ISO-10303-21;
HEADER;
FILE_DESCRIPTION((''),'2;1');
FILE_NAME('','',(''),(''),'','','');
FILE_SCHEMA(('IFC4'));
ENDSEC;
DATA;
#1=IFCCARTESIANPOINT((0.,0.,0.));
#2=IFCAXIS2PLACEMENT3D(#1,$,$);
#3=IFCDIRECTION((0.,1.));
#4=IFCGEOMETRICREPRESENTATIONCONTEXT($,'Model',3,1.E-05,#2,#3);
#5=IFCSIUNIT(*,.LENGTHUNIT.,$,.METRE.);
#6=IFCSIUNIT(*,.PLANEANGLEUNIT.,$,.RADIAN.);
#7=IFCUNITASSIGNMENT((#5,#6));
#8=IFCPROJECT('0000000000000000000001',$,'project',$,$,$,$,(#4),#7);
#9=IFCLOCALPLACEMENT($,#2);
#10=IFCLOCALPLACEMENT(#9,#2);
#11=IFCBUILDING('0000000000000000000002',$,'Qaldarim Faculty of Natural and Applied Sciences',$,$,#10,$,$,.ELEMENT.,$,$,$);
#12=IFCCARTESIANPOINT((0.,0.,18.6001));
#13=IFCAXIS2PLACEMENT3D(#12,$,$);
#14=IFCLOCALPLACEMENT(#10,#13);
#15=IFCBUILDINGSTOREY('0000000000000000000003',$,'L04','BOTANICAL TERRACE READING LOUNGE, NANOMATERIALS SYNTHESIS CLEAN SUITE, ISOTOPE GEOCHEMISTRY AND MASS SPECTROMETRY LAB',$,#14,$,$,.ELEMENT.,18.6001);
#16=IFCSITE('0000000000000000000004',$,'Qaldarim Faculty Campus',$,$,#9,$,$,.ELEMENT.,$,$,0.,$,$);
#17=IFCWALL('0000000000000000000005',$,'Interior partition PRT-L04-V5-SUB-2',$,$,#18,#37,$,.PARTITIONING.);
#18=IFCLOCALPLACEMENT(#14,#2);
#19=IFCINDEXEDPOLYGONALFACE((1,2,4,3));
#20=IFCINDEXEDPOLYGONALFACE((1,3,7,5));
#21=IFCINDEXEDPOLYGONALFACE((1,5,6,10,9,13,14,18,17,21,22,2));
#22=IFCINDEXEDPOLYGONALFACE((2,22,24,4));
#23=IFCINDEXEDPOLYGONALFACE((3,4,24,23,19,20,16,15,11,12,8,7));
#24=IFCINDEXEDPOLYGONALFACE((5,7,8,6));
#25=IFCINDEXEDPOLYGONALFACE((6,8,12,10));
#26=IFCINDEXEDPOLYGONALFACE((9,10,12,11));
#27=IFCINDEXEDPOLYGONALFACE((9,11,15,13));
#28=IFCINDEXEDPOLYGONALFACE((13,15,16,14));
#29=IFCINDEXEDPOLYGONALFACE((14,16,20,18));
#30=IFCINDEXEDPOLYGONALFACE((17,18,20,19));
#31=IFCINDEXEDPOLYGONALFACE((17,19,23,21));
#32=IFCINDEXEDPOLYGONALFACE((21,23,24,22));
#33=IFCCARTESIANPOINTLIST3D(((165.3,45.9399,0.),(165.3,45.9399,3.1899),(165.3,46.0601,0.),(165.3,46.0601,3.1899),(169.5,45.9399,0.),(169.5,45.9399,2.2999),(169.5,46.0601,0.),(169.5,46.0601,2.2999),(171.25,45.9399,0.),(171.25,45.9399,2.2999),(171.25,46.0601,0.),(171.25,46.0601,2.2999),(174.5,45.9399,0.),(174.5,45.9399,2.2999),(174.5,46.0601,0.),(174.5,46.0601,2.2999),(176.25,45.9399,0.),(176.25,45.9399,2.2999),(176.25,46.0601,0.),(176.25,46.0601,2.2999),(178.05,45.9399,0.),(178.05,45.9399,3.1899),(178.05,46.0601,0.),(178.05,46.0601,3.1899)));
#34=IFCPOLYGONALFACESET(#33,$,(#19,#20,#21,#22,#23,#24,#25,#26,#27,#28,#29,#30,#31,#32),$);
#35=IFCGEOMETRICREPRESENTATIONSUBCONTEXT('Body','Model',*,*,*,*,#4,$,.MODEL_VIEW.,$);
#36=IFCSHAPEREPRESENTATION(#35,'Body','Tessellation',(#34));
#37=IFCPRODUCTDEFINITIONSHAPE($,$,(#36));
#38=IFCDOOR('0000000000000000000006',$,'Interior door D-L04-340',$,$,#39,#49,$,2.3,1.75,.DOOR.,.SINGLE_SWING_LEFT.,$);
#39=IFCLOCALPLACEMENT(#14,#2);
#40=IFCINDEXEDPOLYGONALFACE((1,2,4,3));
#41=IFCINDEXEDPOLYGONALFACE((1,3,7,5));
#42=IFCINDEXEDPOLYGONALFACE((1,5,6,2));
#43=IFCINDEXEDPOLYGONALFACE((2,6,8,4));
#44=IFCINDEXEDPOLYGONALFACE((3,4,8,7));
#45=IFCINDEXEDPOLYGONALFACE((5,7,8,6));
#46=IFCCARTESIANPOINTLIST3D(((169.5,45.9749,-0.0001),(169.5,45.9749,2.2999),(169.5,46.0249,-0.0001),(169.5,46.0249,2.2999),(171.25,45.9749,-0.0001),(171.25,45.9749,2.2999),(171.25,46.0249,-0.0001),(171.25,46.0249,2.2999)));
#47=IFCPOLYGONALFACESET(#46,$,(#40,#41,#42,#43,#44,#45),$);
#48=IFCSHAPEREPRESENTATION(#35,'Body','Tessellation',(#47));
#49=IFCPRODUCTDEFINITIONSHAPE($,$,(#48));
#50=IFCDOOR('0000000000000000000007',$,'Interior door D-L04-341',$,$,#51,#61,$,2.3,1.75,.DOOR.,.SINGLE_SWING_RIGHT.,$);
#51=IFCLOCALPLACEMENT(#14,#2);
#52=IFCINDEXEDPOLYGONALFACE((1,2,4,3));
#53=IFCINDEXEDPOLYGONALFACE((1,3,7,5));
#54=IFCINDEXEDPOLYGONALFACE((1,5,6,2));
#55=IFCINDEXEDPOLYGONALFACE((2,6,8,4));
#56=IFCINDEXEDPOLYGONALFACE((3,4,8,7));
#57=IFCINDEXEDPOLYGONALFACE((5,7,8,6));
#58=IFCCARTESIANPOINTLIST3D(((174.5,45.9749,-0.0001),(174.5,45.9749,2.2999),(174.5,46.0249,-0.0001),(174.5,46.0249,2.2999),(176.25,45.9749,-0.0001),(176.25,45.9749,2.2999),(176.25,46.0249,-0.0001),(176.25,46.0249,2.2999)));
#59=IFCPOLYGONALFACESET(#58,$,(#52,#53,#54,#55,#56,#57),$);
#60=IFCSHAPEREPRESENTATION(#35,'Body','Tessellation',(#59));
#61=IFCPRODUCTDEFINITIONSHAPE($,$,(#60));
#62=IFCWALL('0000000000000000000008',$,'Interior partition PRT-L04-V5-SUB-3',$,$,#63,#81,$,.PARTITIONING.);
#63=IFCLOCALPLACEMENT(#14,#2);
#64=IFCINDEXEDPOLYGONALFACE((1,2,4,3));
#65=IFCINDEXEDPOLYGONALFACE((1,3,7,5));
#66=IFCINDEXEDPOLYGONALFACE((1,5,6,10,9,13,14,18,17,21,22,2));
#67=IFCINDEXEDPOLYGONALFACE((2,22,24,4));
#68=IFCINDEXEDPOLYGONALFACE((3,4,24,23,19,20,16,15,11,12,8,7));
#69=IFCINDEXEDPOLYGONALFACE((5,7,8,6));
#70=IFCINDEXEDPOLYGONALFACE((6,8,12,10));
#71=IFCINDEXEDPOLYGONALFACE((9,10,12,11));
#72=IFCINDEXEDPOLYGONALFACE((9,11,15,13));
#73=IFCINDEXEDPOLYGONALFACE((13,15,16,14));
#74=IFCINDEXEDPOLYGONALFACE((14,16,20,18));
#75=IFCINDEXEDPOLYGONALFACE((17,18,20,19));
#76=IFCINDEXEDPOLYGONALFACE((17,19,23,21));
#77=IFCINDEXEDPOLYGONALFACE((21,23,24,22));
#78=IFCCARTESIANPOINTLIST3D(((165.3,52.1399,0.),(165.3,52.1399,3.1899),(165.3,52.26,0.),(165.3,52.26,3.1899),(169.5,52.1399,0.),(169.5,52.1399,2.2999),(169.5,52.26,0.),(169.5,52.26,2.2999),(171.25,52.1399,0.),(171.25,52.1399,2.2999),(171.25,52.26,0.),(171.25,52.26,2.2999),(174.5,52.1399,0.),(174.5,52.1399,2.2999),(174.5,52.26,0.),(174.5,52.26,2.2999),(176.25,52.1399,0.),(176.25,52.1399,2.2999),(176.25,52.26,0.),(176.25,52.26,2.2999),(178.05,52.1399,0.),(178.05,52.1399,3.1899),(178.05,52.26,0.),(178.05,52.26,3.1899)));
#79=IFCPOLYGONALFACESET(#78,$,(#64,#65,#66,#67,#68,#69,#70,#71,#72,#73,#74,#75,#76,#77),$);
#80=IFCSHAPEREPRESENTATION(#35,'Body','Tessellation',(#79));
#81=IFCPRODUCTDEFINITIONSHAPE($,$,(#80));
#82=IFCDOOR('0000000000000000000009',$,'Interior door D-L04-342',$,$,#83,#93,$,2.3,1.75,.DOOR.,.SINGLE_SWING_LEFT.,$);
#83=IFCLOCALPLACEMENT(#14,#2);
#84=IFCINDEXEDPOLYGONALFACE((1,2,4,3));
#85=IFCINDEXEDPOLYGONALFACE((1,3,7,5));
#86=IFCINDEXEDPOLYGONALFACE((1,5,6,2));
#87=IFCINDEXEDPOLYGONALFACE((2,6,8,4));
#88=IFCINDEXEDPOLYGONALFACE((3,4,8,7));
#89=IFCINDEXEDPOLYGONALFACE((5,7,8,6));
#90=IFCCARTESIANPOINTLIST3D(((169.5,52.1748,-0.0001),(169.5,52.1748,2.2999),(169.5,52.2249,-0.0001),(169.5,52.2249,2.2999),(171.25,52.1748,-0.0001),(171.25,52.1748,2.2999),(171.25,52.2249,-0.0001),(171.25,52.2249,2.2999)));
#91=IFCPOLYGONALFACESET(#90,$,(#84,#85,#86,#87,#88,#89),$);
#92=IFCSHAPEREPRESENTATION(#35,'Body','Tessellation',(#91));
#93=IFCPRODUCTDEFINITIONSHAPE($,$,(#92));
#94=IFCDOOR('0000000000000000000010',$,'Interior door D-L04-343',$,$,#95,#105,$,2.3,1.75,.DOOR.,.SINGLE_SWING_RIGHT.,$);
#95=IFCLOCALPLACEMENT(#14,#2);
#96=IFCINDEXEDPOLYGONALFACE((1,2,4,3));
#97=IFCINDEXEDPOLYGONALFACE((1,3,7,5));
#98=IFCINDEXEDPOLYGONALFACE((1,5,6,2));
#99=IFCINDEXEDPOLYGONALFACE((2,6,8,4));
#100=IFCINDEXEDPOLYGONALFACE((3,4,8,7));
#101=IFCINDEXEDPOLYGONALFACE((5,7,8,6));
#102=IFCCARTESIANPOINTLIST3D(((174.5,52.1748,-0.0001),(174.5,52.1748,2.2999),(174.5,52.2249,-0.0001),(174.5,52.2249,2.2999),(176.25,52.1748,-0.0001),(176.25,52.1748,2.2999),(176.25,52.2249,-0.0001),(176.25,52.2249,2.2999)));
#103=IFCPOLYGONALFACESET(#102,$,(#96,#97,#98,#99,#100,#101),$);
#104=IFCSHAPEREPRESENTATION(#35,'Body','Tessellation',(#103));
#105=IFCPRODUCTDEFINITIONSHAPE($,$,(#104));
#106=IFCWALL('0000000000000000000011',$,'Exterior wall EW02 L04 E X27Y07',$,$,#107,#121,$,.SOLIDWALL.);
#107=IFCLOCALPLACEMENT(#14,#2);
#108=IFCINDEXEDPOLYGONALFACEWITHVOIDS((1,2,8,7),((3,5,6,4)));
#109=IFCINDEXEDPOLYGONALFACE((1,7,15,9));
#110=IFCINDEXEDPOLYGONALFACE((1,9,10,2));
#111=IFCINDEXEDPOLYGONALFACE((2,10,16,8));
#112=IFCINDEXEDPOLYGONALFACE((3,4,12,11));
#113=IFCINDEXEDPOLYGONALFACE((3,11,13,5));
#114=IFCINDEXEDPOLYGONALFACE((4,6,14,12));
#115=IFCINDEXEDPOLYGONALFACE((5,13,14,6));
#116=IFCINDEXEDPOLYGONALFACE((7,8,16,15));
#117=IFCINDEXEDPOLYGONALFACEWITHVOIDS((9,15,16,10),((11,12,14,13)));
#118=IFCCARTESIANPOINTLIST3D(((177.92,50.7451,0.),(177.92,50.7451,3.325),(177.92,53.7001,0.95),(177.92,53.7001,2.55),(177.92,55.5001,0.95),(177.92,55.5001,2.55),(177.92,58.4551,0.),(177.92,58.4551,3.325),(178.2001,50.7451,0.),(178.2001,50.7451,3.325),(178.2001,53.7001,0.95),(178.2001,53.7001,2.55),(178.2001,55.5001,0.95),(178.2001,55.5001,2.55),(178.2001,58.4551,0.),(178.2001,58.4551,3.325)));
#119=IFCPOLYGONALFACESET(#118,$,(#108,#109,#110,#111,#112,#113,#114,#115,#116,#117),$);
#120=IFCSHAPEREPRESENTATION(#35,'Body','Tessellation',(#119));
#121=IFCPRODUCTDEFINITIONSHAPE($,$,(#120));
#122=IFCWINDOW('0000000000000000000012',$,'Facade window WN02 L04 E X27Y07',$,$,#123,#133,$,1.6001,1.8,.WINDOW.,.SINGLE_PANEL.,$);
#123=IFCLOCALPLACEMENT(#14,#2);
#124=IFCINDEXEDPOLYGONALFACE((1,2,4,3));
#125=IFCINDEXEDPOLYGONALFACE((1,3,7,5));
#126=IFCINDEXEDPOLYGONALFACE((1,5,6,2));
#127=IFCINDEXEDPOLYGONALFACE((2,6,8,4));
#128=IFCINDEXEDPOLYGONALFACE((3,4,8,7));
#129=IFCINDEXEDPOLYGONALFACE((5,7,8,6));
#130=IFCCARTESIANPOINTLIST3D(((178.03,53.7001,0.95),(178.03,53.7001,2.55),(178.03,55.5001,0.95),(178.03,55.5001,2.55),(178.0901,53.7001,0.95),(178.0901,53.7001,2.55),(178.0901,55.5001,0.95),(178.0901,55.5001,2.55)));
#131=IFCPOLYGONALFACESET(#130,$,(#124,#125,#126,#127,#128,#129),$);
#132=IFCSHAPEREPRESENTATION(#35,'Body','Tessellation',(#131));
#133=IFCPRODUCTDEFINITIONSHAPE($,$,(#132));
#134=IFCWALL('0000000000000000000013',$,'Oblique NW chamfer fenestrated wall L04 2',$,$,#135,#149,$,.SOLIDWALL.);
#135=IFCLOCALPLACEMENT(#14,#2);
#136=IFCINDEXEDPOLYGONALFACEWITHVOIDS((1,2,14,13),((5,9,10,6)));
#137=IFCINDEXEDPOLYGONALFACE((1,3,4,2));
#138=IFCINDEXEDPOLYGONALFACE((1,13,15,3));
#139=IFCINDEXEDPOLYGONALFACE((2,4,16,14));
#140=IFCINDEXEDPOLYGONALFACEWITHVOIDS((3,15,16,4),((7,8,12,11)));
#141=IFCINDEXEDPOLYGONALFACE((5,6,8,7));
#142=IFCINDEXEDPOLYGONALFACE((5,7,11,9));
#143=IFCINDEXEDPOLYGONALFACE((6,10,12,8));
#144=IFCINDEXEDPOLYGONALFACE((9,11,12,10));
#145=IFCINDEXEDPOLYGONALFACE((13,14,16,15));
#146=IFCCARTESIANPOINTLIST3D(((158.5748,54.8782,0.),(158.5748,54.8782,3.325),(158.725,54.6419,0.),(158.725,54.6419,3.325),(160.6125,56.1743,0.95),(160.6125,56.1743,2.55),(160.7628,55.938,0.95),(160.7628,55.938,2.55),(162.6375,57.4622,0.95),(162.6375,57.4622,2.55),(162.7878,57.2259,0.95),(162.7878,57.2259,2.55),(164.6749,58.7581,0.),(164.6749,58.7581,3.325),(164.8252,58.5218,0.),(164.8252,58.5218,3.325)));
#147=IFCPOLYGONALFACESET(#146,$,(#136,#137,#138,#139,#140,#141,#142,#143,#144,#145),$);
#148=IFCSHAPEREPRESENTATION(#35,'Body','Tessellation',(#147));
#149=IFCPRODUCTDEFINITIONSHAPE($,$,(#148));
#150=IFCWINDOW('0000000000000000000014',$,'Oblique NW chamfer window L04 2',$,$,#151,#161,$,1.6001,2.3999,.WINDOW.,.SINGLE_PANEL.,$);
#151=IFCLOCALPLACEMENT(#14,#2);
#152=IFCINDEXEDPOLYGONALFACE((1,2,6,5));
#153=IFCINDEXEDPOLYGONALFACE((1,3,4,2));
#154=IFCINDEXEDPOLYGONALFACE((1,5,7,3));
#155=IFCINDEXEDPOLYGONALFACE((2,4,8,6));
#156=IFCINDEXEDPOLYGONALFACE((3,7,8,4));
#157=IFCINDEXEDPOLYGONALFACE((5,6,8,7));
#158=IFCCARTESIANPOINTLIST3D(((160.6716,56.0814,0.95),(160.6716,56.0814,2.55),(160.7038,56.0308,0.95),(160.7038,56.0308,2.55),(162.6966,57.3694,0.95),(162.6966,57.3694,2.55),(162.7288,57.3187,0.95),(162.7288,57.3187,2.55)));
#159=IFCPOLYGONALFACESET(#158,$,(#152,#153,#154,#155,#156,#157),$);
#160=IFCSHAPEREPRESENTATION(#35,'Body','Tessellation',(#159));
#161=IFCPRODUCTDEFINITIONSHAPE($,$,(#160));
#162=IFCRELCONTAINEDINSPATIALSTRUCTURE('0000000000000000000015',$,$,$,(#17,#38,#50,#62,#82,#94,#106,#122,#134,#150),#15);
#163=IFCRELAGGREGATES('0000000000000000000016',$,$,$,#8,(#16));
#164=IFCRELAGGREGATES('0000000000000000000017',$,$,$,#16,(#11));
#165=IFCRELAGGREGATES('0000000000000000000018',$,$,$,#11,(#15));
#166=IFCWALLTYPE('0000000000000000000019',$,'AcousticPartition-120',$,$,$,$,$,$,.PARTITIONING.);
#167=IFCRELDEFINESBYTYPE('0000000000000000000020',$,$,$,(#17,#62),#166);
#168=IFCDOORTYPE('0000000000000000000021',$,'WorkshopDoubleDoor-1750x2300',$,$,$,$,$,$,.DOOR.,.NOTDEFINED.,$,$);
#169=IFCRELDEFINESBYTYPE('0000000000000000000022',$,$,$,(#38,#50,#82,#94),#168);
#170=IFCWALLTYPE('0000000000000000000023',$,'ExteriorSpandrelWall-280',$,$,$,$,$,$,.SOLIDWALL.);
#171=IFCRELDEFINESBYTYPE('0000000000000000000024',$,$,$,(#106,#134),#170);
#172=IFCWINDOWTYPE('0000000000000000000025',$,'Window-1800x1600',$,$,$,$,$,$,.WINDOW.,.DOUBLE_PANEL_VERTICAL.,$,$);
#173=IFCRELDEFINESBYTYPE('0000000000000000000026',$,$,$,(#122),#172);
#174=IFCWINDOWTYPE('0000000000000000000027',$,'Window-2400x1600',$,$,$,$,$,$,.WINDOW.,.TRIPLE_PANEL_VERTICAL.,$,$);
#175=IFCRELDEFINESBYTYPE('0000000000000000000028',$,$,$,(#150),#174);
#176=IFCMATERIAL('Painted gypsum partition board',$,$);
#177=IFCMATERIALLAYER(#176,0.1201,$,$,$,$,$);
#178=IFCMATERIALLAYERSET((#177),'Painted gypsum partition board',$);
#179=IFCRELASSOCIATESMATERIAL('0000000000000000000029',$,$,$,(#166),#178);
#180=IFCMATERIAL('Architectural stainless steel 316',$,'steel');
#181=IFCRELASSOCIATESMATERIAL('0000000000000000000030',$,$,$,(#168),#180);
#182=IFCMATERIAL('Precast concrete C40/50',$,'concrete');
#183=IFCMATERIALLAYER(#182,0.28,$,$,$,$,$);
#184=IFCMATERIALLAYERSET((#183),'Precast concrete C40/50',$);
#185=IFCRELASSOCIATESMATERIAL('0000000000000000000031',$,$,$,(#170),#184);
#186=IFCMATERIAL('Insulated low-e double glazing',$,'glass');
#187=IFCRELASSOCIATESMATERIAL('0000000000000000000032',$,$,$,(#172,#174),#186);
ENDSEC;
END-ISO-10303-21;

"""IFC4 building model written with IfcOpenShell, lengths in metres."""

from ifc_helpers import new_model, si_unit, direction, frame, frame_2d, origin, place, context, subcontext, project, spatial, rectangle, extrude, material, layer, layer_set, type_object, element, fill, save


model = new_model("IFC4")

# Units and contexts
model_context = context("Model", 3, precision=1e-05, world=origin(), true_north=direction((0.0, 1.0)))
body_context = subcontext(model_context, "Body", "Model", "MODEL_VIEW")
ifc_project = project(units=[si_unit("LENGTHUNIT", "METRE"), si_unit("PLANEANGLEUNIT", "RADIAN")], contexts=[model_context])

# Site, building, storey
site_placement = place(None, origin())
site = spatial("IfcSite", under=ifc_project, at=site_placement, Name="Qaldarim Faculty Campus", CompositionType="ELEMENT", RefElevation=0.0)
building_placement = place(site_placement, origin())
building = spatial("IfcBuilding", under=site, at=building_placement, Name="Qaldarim Faculty of Natural and Applied Sciences", CompositionType="ELEMENT")
storey_placement = place(building_placement, frame((0.0, 0.0, 18.6001)))
storey = spatial("IfcBuildingStorey", under=building, at=storey_placement, Name="L04", Description="BOTANICAL TERRACE READING LOUNGE, NANOMATERIALS SYNTHESIS CLEAN SUITE, ISOTOPE GEOCHEMISTRY AND MASS SPECTROMETRY LAB", CompositionType="ELEMENT", Elevation=18.6001)

# Shared definitions
ifc_material_1 = material(Name="Precast concrete C40/50", Category="concrete")

# Walls, openings, doors
ifc_material_2 = material(Name="Painted gypsum partition board")
ifc_layer_1 = layer(ifc_material_2, 0.1201)
ifc_layer_set_1 = layer_set([ifc_layer_1], Name="Painted gypsum partition board")
wall_type_1 = type_object("IfcWallType", Name="AcousticPartition-120", PredefinedType="PARTITIONING", material=ifc_layer_set_1)
wall_1_placement = place(storey_placement, frame((165.3, 46.0, 0.0), z_axis=(0.0, 0.0, 1.0), x_axis=(1.0, 0.0, 0.0)))
wall_1 = element("IfcWall", 1, at=wall_1_placement, inside=storey, type_object=wall_type_1, Name="Interior partition PRT-L04-V5-SUB-2", PredefinedType="PARTITIONING", context=body_context, shape_type="SweptSolid", body=[
    extrude(rectangle(XDim=12.75, YDim=0.1201, at=frame_2d((6.375, 0.0))), origin(), (0.0, 0.0, 1.0), 3.1899),
])
opening_1_placement = place(wall_1_placement, frame((4.2, 0.0, 0.0)))
opening_1 = element("IfcOpeningElement", 2, at=opening_1_placement, cuts=wall_1, PredefinedType="OPENING", context=body_context, shape_type="SweptSolid", body=[
    extrude(rectangle(XDim=1.75, YDim=2.3, at=frame_2d((0.875, 1.1499))), frame((0.0, 0.0701, 0.0), z_axis=(0.0, -1.0, 0.0), x_axis=(1.0, 0.0, 0.0)), (0.0, 0.0, 1.0), 0.1401),
])
opening_2_placement = place(wall_1_placement, frame((9.2, 0.0, 0.0)))
opening_2 = element("IfcOpeningElement", 3, at=opening_2_placement, cuts=wall_1, PredefinedType="OPENING", context=body_context, shape_type="SweptSolid", body=[
    extrude(rectangle(XDim=1.75, YDim=2.3, at=frame_2d((0.875, 1.1499))), frame((0.0, 0.0701, 0.0), z_axis=(0.0, -1.0, 0.0), x_axis=(1.0, 0.0, 0.0)), (0.0, 0.0, 1.0), 0.1401),
])
ifc_material_3 = material(Name="Architectural stainless steel 316", Category="steel")
door_type_1 = type_object("IfcDoorType", Name="WorkshopDoubleDoor-1750x2300", OperationType="NOTDEFINED", PredefinedType="DOOR", material=ifc_material_3)
door_1_placement = place(opening_1_placement, origin())
door_1 = element("IfcDoor", 4, at=door_1_placement, inside=storey, type_object=door_type_1, Name="Interior door D-L04-340", OperationType="SINGLE_SWING_LEFT", OverallHeight=2.3, OverallWidth=1.75, PredefinedType="DOOR", context=body_context, shape_type="SweptSolid", body=[
    extrude(rectangle(XDim=1.75, YDim=2.3, at=frame_2d((0.875, 1.1499))), frame((0.0, 0.0249, 0.0), z_axis=(0.0, -1.0, 0.0), x_axis=(1.0, 0.0, 0.0)), (0.0, 0.0, 1.0), 0.05),
])
fill(opening_1, door_1)
door_2_placement = place(opening_2_placement, origin())
door_2 = element("IfcDoor", 5, at=door_2_placement, inside=storey, type_object=door_type_1, Name="Interior door D-L04-341", OperationType="SINGLE_SWING_RIGHT", OverallHeight=2.3, OverallWidth=1.75, PredefinedType="DOOR", context=body_context, shape_type="SweptSolid", body=[
    extrude(rectangle(XDim=1.75, YDim=2.3, at=frame_2d((0.875, 1.1499))), frame((0.0, 0.0249, 0.0), z_axis=(0.0, -1.0, 0.0), x_axis=(1.0, 0.0, 0.0)), (0.0, 0.0, 1.0), 0.05),
])
fill(opening_2, door_2)
wall_2_placement = place(storey_placement, frame((165.3, 52.2, 0.0), z_axis=(0.0, 0.0, 1.0), x_axis=(1.0, 0.0, 0.0)))
wall_2 = element("IfcWall", 6, at=wall_2_placement, inside=storey, type_object=wall_type_1, Name="Interior partition PRT-L04-V5-SUB-3", PredefinedType="PARTITIONING", context=body_context, shape_type="SweptSolid", body=[
    extrude(rectangle(XDim=12.75, YDim=0.1201, at=frame_2d((6.375, 0.0))), origin(), (0.0, 0.0, 1.0), 3.1899),
])
opening_3_placement = place(wall_2_placement, frame((4.2, 0.0, 0.0)))
opening_3 = element("IfcOpeningElement", 7, at=opening_3_placement, cuts=wall_2, PredefinedType="OPENING", context=body_context, shape_type="SweptSolid", body=[
    extrude(rectangle(XDim=1.75, YDim=2.3, at=frame_2d((0.875, 1.1499))), frame((0.0, 0.0701, 0.0), z_axis=(0.0, -1.0, 0.0), x_axis=(1.0, 0.0, 0.0)), (0.0, 0.0, 1.0), 0.1401),
])
opening_4_placement = place(wall_2_placement, frame((9.2, 0.0, 0.0)))
opening_4 = element("IfcOpeningElement", 8, at=opening_4_placement, cuts=wall_2, PredefinedType="OPENING", context=body_context, shape_type="SweptSolid", body=[
    extrude(rectangle(XDim=1.75, YDim=2.3, at=frame_2d((0.875, 1.1499))), frame((0.0, 0.0701, 0.0), z_axis=(0.0, -1.0, 0.0), x_axis=(1.0, 0.0, 0.0)), (0.0, 0.0, 1.0), 0.1401),
])
door_3_placement = place(opening_3_placement, origin())
door_3 = element("IfcDoor", 9, at=door_3_placement, inside=storey, type_object=door_type_1, Name="Interior door D-L04-342", OperationType="SINGLE_SWING_LEFT", OverallHeight=2.3, OverallWidth=1.75, PredefinedType="DOOR", context=body_context, shape_type="SweptSolid", body=[
    extrude(rectangle(XDim=1.75, YDim=2.3, at=frame_2d((0.875, 1.1499))), frame((0.0, 0.0249, 0.0), z_axis=(0.0, -1.0, 0.0), x_axis=(1.0, 0.0, 0.0)), (0.0, 0.0, 1.0), 0.05),
])
fill(opening_3, door_3)
door_4_placement = place(opening_4_placement, origin())
door_4 = element("IfcDoor", 10, at=door_4_placement, inside=storey, type_object=door_type_1, Name="Interior door D-L04-343", OperationType="SINGLE_SWING_RIGHT", OverallHeight=2.3, OverallWidth=1.75, PredefinedType="DOOR", context=body_context, shape_type="SweptSolid", body=[
    extrude(rectangle(XDim=1.75, YDim=2.3, at=frame_2d((0.875, 1.1499))), frame((0.0, 0.0249, 0.0), z_axis=(0.0, -1.0, 0.0), x_axis=(1.0, 0.0, 0.0)), (0.0, 0.0, 1.0), 0.05),
])
fill(opening_4, door_4)

# Walls, openings, windows
ifc_layer_2 = layer(ifc_material_1, 0.28)
ifc_layer_set_2 = layer_set([ifc_layer_2], Name="Precast concrete C40/50")
wall_type_2 = type_object("IfcWallType", Name="ExteriorSpandrelWall-280", PredefinedType="SOLIDWALL", material=ifc_layer_set_2)
wall_3_placement = place(storey_placement, frame((178.0601, 50.7451, 0.0), z_axis=(0.0, 0.0, 1.0), x_axis=(0.0, 1.0, 0.0)))
wall_3 = element("IfcWall", 11, at=wall_3_placement, inside=storey, type_object=wall_type_2, Name="Exterior wall EW02 L04 E X27Y07", PredefinedType="SOLIDWALL", context=body_context, shape_type="SweptSolid", body=[
    extrude(rectangle(XDim=7.71, YDim=0.28, at=frame_2d((3.855, 0.0))), origin(), (0.0, 0.0, 1.0), 3.325),
])
opening_5_placement = place(wall_3_placement, frame((2.9551, 0.0, 0.95)))
opening_5 = element("IfcOpeningElement", 12, at=opening_5_placement, cuts=wall_3, PredefinedType="OPENING", context=body_context, shape_type="SweptSolid", body=[
    extrude(rectangle(XDim=1.8, YDim=1.6001, at=frame_2d((0.8999, 0.8))), frame((0.0, 0.1499, 0.0), z_axis=(0.0, -1.0, 0.0), x_axis=(1.0, 0.0, 0.0)), (0.0, 0.0, 1.0), 0.3),
])
ifc_material_4 = material(Name="Insulated low-e double glazing", Category="glass")
window_type_1 = type_object("IfcWindowType", Name="Window-1800x1600", PartitioningType="DOUBLE_PANEL_VERTICAL", PredefinedType="WINDOW", material=ifc_material_4)
window_1_placement = place(opening_5_placement, origin())
window_1 = element("IfcWindow", 13, at=window_1_placement, inside=storey, type_object=window_type_1, Name="Facade window WN02 L04 E X27Y07", OverallHeight=1.6001, OverallWidth=1.8, PartitioningType="SINGLE_PANEL", PredefinedType="WINDOW", context=body_context, shape_type="SweptSolid", body=[
    extrude(rectangle(XDim=1.8, YDim=1.6001, at=frame_2d((0.8999, 0.8))), frame((0.0, 0.03, 0.0), z_axis=(0.0, -1.0, 0.0), x_axis=(1.0, 0.0, 0.0)), (0.0, 0.0, 1.0), 0.0601),
])
fill(opening_5, window_1)
wall_4_placement = place(storey_placement, frame((158.6499, 54.76, 0.0), z_axis=(0.0, 0.0, 1.0), x_axis=(0.843787, 0.536679, 0.0)))
wall_4 = element("IfcWall", 14, at=wall_4_placement, inside=storey, type_object=wall_type_2, Name="Oblique NW chamfer fenestrated wall L04 2", PredefinedType="SOLIDWALL", context=body_context, shape_type="SweptSolid", body=[
    extrude(rectangle(XDim=7.2295, YDim=0.28, at=frame_2d((3.6147, 0.0))), origin(), (0.0, 0.0, 1.0), 3.325),
])
opening_6_placement = place(wall_4_placement, frame((2.415, 0.0, 0.95)))
opening_6 = element("IfcOpeningElement", 15, at=opening_6_placement, cuts=wall_4, PredefinedType="OPENING", context=body_context, shape_type="SweptSolid", body=[
    extrude(rectangle(XDim=2.3999, YDim=1.6001, at=frame_2d((1.2, 0.8))), frame((0.0, 0.1499, 0.0), z_axis=(0.0, -1.0, 0.0), x_axis=(1.0, 0.0, 0.0)), (0.0, 0.0, 1.0), 0.3),
])
window_type_2 = type_object("IfcWindowType", Name="Window-2400x1600", PartitioningType="TRIPLE_PANEL_VERTICAL", PredefinedType="WINDOW", material=ifc_material_4)
window_2_placement = place(opening_6_placement, origin())
window_2 = element("IfcWindow", 16, at=window_2_placement, inside=storey, type_object=window_type_2, Name="Oblique NW chamfer window L04 2", OverallHeight=1.6001, OverallWidth=2.3999, PartitioningType="SINGLE_PANEL", PredefinedType="WINDOW", context=body_context, shape_type="SweptSolid", body=[
    extrude(rectangle(XDim=2.3999, YDim=1.6001, at=frame_2d((1.2, 0.8))), frame((0.0, 0.03, 0.0), z_axis=(0.0, -1.0, 0.0), x_axis=(1.0, 0.0, 0.0)), (0.0, 0.0, 1.0), 0.0601),
])
fill(opening_6, window_2)

save(model, "model.ifc")
